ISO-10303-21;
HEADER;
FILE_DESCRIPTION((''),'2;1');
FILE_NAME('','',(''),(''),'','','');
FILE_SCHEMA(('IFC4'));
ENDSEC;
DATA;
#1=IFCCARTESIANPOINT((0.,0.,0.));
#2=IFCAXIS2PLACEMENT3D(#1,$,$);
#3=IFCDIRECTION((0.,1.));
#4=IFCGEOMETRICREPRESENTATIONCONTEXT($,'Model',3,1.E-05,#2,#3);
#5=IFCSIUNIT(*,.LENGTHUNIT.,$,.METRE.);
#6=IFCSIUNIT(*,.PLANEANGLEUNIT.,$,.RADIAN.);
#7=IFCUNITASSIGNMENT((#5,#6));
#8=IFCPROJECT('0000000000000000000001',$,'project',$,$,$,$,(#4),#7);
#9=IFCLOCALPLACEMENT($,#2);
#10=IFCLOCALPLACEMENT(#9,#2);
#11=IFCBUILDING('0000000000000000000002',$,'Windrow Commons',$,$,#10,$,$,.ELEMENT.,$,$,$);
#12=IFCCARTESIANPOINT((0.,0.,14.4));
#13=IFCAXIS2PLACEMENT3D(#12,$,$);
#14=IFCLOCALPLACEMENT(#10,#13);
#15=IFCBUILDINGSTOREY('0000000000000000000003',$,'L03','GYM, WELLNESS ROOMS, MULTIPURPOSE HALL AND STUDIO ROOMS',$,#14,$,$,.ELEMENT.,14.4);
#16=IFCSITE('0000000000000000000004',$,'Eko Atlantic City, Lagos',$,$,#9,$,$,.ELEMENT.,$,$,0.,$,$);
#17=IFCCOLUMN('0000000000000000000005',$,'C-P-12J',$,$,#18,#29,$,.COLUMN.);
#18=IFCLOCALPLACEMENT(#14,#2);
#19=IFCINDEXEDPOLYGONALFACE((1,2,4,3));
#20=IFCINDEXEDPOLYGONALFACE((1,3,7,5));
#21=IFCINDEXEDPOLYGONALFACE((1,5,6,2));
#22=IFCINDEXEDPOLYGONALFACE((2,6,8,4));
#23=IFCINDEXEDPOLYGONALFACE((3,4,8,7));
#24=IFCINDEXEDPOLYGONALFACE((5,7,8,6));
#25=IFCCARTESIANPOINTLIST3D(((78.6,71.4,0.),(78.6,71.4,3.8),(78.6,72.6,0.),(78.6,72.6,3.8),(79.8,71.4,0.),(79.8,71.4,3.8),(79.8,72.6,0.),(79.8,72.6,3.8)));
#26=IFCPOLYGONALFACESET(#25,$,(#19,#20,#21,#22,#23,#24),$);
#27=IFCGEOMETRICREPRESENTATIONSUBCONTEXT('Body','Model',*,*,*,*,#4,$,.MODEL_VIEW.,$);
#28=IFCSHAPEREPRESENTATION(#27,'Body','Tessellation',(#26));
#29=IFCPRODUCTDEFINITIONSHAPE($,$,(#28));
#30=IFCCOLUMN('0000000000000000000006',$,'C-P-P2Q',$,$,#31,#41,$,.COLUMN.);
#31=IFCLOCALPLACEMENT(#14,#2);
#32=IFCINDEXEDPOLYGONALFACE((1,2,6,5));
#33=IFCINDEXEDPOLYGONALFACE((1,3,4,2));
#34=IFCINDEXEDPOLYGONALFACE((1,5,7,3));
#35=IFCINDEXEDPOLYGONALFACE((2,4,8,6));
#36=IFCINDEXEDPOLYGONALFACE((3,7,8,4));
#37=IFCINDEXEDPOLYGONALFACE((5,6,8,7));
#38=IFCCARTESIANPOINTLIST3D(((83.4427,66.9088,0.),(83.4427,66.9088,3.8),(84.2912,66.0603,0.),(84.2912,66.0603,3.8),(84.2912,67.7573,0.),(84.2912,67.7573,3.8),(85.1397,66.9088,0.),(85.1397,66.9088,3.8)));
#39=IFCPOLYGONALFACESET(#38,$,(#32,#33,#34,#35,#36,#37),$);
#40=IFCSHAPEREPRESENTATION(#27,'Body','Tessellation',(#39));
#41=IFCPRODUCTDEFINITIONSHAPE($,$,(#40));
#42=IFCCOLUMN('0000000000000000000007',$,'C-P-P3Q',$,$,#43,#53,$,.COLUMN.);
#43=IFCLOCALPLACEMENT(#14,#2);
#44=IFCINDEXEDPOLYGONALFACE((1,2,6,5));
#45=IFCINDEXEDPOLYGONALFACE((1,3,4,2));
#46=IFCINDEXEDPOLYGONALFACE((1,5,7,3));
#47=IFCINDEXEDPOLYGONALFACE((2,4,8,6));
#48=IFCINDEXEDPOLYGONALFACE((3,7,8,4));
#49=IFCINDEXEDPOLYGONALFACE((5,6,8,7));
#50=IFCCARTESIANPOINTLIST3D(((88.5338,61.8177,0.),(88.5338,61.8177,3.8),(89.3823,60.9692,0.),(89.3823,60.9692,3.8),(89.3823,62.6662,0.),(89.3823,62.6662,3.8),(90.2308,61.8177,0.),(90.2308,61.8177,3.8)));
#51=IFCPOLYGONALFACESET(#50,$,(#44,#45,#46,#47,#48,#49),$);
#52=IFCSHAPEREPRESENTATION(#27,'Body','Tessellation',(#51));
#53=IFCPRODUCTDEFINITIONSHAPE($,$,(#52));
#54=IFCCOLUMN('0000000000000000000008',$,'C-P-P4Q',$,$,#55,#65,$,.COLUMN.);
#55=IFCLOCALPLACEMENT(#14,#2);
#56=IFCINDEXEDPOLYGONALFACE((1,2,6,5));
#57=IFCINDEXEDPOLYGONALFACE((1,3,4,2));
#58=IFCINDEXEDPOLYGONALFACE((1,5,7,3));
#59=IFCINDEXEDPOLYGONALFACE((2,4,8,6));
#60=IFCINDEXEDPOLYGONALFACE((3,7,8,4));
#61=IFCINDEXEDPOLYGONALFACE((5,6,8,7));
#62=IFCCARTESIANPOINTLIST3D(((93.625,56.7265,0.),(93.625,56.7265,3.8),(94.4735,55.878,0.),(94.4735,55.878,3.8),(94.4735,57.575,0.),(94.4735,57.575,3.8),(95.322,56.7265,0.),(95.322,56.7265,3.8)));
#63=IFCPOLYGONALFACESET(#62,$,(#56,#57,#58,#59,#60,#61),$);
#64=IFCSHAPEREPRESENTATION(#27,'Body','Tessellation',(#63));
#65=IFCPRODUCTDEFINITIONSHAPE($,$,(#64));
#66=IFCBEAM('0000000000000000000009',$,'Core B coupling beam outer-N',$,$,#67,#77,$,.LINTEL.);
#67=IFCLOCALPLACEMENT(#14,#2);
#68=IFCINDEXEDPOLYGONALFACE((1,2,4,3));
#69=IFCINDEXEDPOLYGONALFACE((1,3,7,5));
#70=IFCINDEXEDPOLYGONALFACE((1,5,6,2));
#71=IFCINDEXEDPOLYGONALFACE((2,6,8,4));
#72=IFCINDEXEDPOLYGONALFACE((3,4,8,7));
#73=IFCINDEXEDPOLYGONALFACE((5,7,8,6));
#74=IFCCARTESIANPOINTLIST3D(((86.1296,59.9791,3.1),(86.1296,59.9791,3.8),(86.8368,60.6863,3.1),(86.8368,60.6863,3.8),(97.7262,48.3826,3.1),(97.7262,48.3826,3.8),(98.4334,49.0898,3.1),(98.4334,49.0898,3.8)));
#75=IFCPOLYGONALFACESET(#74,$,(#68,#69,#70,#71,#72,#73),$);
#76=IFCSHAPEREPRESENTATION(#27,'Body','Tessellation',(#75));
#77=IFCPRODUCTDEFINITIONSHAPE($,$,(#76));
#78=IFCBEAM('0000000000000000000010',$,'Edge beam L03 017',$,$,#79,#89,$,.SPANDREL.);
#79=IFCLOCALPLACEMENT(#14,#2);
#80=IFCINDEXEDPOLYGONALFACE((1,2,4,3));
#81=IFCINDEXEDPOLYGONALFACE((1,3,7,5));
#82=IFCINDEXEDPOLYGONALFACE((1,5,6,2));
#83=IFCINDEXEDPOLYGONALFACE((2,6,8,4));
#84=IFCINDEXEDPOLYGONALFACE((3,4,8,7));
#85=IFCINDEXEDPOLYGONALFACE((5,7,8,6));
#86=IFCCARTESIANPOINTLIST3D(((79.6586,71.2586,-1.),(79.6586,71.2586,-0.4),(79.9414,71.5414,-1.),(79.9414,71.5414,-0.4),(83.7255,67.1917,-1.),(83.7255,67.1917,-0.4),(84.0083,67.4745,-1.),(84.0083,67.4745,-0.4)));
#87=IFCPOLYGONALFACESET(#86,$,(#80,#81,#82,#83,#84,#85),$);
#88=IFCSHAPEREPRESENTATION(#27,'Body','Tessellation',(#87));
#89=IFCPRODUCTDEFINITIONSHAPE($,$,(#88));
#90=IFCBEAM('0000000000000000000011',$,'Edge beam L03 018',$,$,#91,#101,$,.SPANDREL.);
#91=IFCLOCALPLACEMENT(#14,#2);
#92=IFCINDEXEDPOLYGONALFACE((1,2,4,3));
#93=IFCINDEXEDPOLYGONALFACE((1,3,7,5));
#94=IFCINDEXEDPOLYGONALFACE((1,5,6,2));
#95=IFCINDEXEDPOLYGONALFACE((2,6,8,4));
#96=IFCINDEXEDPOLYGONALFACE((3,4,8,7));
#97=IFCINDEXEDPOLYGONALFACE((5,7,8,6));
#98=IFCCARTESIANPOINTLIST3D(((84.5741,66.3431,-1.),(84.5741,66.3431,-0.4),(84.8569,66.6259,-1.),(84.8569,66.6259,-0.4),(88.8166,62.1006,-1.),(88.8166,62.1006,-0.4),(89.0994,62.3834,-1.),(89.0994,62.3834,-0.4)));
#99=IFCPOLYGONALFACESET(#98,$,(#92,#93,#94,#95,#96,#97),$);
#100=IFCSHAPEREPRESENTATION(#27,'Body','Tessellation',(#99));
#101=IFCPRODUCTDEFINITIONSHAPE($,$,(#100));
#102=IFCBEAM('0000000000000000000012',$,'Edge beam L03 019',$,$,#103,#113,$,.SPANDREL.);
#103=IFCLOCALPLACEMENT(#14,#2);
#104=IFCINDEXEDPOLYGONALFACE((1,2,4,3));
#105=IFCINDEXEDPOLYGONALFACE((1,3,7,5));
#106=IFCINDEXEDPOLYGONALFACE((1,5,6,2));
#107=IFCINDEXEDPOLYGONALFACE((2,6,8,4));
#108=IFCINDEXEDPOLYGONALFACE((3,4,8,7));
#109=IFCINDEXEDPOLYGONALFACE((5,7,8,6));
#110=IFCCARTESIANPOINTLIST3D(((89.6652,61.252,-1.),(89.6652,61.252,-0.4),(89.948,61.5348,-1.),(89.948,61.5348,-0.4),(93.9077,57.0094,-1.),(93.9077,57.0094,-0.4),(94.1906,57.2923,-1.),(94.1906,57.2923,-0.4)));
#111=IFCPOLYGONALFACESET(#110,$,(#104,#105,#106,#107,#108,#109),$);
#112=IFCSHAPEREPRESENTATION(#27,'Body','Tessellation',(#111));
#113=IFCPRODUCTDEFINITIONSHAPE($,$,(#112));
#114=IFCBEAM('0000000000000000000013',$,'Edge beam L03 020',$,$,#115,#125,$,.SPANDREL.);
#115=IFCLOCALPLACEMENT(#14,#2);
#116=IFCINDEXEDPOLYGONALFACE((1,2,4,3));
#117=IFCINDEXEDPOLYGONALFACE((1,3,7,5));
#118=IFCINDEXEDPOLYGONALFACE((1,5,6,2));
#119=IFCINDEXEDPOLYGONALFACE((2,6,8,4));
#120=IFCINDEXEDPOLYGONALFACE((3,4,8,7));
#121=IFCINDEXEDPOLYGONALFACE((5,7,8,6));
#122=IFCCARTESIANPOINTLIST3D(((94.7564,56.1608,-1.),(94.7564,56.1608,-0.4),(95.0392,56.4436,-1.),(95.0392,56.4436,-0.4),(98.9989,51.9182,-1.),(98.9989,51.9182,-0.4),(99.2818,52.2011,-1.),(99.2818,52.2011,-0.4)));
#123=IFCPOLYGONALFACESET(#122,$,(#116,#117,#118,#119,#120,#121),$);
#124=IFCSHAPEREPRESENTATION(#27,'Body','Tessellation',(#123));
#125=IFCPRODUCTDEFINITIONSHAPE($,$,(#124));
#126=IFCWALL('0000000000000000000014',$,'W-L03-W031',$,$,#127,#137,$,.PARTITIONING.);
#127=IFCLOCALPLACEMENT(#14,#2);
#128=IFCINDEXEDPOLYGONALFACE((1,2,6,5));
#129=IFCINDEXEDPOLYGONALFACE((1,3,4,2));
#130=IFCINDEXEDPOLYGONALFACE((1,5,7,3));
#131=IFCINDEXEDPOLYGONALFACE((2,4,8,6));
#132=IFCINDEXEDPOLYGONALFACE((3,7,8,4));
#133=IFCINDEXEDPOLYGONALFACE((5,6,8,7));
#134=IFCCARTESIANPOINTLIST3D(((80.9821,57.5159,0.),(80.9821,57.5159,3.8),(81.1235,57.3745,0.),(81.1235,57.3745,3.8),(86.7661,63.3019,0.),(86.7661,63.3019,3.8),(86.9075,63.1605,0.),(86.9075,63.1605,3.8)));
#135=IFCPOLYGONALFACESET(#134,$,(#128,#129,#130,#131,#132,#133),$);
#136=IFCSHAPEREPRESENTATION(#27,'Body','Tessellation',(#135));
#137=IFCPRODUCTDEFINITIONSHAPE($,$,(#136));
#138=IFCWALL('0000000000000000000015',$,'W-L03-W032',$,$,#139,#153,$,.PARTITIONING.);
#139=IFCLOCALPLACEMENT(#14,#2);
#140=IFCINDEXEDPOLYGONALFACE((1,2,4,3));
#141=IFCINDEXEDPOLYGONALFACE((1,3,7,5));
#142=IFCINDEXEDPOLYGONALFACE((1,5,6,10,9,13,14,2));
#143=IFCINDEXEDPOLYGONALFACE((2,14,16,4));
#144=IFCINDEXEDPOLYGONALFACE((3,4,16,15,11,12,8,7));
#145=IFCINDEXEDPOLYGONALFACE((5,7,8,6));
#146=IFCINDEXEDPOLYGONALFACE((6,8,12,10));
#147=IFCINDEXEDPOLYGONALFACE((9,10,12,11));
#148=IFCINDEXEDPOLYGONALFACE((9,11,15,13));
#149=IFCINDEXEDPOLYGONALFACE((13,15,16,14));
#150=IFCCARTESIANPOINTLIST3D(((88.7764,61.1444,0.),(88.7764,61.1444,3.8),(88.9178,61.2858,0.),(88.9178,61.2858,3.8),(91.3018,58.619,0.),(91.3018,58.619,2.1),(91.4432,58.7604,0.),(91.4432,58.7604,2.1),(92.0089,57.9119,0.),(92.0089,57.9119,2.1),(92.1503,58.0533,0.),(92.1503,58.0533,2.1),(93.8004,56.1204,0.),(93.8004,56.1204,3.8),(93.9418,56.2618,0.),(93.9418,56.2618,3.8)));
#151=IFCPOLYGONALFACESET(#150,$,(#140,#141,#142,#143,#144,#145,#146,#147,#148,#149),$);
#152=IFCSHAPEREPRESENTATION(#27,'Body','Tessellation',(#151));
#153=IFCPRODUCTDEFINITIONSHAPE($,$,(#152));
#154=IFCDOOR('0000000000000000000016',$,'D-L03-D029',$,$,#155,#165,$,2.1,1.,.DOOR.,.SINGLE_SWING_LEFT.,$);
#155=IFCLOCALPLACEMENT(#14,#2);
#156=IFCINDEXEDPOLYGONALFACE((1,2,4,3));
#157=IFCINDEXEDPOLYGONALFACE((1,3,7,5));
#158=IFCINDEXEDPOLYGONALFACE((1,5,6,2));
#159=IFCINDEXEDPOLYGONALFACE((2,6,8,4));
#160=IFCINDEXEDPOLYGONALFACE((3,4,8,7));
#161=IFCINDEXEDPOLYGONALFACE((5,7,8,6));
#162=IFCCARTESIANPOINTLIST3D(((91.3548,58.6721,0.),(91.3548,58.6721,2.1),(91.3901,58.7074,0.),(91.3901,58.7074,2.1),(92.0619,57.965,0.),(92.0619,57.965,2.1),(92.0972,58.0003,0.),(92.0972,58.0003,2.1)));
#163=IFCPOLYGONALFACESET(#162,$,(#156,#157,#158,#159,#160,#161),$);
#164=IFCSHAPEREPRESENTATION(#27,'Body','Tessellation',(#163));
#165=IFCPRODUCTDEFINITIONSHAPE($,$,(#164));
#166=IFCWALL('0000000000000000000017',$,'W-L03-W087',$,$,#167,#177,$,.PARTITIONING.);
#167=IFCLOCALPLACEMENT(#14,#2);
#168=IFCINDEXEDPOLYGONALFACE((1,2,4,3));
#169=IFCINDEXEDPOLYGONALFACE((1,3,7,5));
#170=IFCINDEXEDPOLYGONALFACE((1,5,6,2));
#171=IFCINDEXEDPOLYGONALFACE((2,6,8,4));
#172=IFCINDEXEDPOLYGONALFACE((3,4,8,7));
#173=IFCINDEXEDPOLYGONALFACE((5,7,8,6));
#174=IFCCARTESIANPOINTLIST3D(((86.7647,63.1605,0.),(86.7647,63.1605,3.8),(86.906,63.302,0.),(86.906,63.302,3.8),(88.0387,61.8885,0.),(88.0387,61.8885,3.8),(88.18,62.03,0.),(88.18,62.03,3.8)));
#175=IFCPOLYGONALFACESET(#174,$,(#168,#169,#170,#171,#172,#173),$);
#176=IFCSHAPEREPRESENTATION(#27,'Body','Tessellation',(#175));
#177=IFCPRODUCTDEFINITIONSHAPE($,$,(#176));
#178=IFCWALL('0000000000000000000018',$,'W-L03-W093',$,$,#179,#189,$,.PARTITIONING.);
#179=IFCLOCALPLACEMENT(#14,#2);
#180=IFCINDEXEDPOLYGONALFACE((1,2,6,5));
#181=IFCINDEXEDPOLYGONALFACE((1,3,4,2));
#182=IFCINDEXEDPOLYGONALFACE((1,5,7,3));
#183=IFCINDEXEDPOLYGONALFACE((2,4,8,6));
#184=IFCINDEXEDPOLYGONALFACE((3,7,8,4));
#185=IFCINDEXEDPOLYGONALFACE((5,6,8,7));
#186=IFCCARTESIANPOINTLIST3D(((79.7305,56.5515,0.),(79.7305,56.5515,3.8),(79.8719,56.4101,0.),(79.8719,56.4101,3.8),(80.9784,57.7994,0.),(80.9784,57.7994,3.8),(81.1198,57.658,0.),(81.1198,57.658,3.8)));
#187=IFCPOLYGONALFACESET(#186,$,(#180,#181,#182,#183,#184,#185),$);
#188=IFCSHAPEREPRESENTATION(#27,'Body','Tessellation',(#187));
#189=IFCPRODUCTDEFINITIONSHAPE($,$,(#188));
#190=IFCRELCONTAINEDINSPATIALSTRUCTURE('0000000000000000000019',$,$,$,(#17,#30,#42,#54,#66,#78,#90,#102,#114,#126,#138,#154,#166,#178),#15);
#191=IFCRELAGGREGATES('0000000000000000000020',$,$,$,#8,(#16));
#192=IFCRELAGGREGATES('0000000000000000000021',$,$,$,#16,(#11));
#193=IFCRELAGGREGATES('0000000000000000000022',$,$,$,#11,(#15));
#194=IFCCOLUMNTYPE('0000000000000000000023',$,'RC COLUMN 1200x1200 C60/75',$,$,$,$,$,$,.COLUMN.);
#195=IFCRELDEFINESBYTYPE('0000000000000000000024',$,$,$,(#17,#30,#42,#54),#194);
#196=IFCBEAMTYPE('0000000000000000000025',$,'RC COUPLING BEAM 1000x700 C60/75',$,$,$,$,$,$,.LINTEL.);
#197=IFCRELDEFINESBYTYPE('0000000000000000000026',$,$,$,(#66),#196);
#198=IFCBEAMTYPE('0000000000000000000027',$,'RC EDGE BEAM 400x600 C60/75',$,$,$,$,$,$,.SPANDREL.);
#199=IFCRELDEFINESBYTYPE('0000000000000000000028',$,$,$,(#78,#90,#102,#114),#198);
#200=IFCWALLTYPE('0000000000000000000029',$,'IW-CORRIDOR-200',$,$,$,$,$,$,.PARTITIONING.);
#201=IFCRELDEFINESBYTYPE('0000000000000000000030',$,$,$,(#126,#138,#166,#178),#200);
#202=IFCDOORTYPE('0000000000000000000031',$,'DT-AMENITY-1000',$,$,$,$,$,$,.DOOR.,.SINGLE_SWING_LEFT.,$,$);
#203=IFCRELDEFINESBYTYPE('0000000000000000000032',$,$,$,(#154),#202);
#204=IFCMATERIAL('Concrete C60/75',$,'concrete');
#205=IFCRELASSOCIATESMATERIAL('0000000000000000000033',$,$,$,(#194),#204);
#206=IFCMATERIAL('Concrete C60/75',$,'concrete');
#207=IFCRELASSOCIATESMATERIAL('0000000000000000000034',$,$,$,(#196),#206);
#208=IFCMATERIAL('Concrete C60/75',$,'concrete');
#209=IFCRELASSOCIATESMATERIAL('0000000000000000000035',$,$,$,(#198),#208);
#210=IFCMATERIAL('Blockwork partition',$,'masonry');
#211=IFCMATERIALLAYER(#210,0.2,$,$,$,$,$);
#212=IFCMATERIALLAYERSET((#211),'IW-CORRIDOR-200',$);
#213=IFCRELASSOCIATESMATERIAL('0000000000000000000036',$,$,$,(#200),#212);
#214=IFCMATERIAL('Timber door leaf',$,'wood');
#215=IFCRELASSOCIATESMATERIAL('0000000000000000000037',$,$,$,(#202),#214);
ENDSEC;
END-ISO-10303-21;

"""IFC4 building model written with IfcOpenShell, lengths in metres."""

from ifc_helpers import new_model, si_unit, direction, frame, frame_2d, origin, origin_2d, place, context, subcontext, project, spatial, rectangle, extrude, material, layer, layer_set, material_profile, profile_set, type_object, element, fill, save


model = new_model("IFC4")

# Units and contexts
model_context = context("Model", 3, precision=1e-05, world=origin(), true_north=direction((0.0, 1.0)))
body_context = subcontext(model_context, "Body", "Model", "MODEL_VIEW")
ifc_project = project(units=[si_unit("LENGTHUNIT", "METRE"), si_unit("PLANEANGLEUNIT", "RADIAN")], contexts=[model_context])

# Site, building, storey
site_placement = place(None, origin())
site = spatial("IfcSite", under=ifc_project, at=site_placement, Name="Eko Atlantic City, Lagos", CompositionType="ELEMENT", RefElevation=0.0)
building_placement = place(site_placement, origin())
building = spatial("IfcBuilding", under=site, at=building_placement, Name="Windrow Commons", CompositionType="ELEMENT")
storey_placement = place(building_placement, frame((0.0, 0.0, 14.4)))
storey = spatial("IfcBuildingStorey", under=building, at=storey_placement, Name="L03", Description="GYM, WELLNESS ROOMS, MULTIPURPOSE HALL AND STUDIO ROOMS", CompositionType="ELEMENT", Elevation=14.4)

# Columns
ifc_material_1 = material(Name="Concrete C60/75", Category="concrete")
ifc_material_profile_1 = material_profile(ifc_material_1, rectangle(XDim=1.2, YDim=1.2, at=origin_2d()))
ifc_profile_set_1 = profile_set([ifc_material_profile_1], Name="Concrete C60/75")
column_type = type_object("IfcColumnType", Name="RC COLUMN 1200x1200 C60/75", PredefinedType="COLUMN", material=ifc_profile_set_1)
for number, where, z_axis, x_axis, name in (
    (1, (79.2, 72.0, 0.0), (0.0, 0.0, 1.0), (1.0, 0.0, 0.0), "C-P-12J"),
    (2, (84.2912, 66.9088, 0.0), (0.0, 0.0, 1.0), (0.707107, -0.707107, 0.0), "C-P-P2Q"),
    (3, (89.3823, 61.8177, 0.0), (0.0, 0.0, 1.0), (0.707107, -0.707107, 0.0), "C-P-P3Q"),
    (4, (94.4735, 56.7265, 0.0), (0.0, 0.0, 1.0), (0.707107, -0.707107, 0.0), "C-P-P4Q"),
):
    element("IfcColumn", number, at=place(storey_placement, frame(where, z_axis=z_axis, x_axis=x_axis)), inside=storey, type_object=column_type, Name=name, PredefinedType="COLUMN", context=body_context, shape_type="SweptSolid", body=[
        extrude(rectangle(XDim=1.2, YDim=1.2, at=origin_2d()), origin(), (0.0, 0.0, 1.0), 3.8),
    ])

# Beams
ifc_material_2 = material(Name="Concrete C60/75", Category="concrete")
ifc_material_profile_2 = material_profile(ifc_material_2, rectangle(XDim=1.0, YDim=0.7, at=origin_2d()))
ifc_profile_set_2 = profile_set([ifc_material_profile_2], Name="Concrete C60/75")
beam_type_1 = type_object("IfcBeamType", Name="RC COUPLING BEAM 1000x700 C60/75", PredefinedType="LINTEL", material=ifc_profile_set_2)
beam_1_placement = place(storey_placement, frame((86.4832, 60.3327, 3.45), z_axis=(0.70711, -0.707104, 0.0), x_axis=(0.707104, 0.70711, 0.0)))
element("IfcBeam", 5, at=beam_1_placement, inside=storey, type_object=beam_type_1, Name="Core B coupling beam outer-N", PredefinedType="LINTEL", context=body_context, shape_type="SweptSolid", body=[
    extrude(rectangle(XDim=1.0, YDim=0.7, at=origin_2d()), origin(), (0.0, 0.0, 1.0), 16.4),
])
ifc_material_3 = material(Name="Concrete C60/75", Category="concrete")
ifc_material_profile_3 = material_profile(ifc_material_3, rectangle(XDim=0.4, YDim=0.6, at=origin_2d()))
ifc_profile_set_3 = profile_set([ifc_material_profile_3], Name="Concrete C60/75")
beam_type_2 = type_object("IfcBeamType", Name="RC EDGE BEAM 400x600 C60/75", PredefinedType="SPANDREL", material=ifc_profile_set_3)
beam_2_placement = place(storey_placement, frame((79.8, 71.4, -0.7), z_axis=(0.707107, -0.707107, 0.0), x_axis=(0.707107, 0.707107, 0.0)))
element("IfcBeam", 6, at=beam_2_placement, inside=storey, type_object=beam_type_2, Name="Edge beam L03 017", PredefinedType="SPANDREL", context=body_context, shape_type="SweptSolid", body=[
    extrude(rectangle(XDim=0.4, YDim=0.6, at=origin_2d()), origin(), (0.0, 0.0, 1.0), 5.7515),
])
beam_3_placement = place(storey_placement, frame((84.7155, 66.4845, -0.7), z_axis=(0.707107, -0.707107, 0.0), x_axis=(0.707107, 0.707107, 0.0)))
element("IfcBeam", 7, at=beam_3_placement, inside=storey, type_object=beam_type_2, Name="Edge beam L03 018", PredefinedType="SPANDREL", context=body_context, shape_type="SweptSolid", body=[
    extrude(rectangle(XDim=0.4, YDim=0.6, at=origin_2d()), origin(), (0.0, 0.0, 1.0), 5.9998),
])
for number, where, z_axis, x_axis, name in (
    (8, (89.8066, 61.3934, -0.7), (0.707107, -0.707107, 0.0), (0.707107, 0.707107, 0.0), "Edge beam L03 019"),
    (9, (94.8978, 56.3022, -0.7), (0.707107, -0.707107, 0.0), (0.707107, 0.707107, 0.0), "Edge beam L03 020"),
):
    element("IfcBeam", number, at=place(storey_placement, frame(where, z_axis=z_axis, x_axis=x_axis)), inside=storey, type_object=beam_type_2, Name=name, PredefinedType="SPANDREL", context=body_context, shape_type="SweptSolid", body=[
        extrude(rectangle(XDim=0.4, YDim=0.6, at=origin_2d()), origin(), (0.0, 0.0, 1.0), 5.9999),
    ])

# Wall
ifc_material_4 = material(Name="Blockwork partition", Category="masonry")
ifc_layer_1 = layer(ifc_material_4, 0.2)
ifc_layer_set_1 = layer_set([ifc_layer_1], Name="IW-CORRIDOR-200")
wall_type_1 = type_object("IfcWallType", Name="IW-CORRIDOR-200", PredefinedType="PARTITIONING", material=ifc_layer_set_1)
wall_1_placement = place(storey_placement, frame((81.0528, 57.4452, 0.0), z_axis=(0.0, 0.0, 1.0), x_axis=(0.706985, 0.707229, 0.0)))
element("IfcWall", 10, at=wall_1_placement, inside=storey, type_object=wall_type_1, Name="W-L03-W031", PredefinedType="PARTITIONING", context=body_context, shape_type="SweptSolid", body=[
    extrude(rectangle(XDim=8.1812, YDim=0.2, at=frame_2d((4.0906, 0.0))), origin(), (0.0, 0.0, 1.0), 3.8),
])

# Wall, opening, door
wall_2_placement = place(storey_placement, frame((88.8471, 61.2151, 0.0), z_axis=(0.0, 0.0, 1.0), x_axis=(0.707107, -0.707107, 0.0)))
wall_2 = element("IfcWall", 11, at=wall_2_placement, inside=storey, type_object=wall_type_1, Name="W-L03-W032", PredefinedType="PARTITIONING", context=body_context, shape_type="SweptSolid", body=[
    extrude(rectangle(XDim=7.105, YDim=0.2, at=frame_2d((3.5525, 0.0))), origin(), (0.0, 0.0, 1.0), 3.8),
])
opening_1_placement = place(wall_2_placement, frame((3.5714, 0.0, 0.0)))
opening_1 = element("IfcOpeningElement", 12, at=opening_1_placement, cuts=wall_2, PredefinedType="OPENING", context=body_context, shape_type="SweptSolid", body=[
    extrude(rectangle(XDim=1.0, YDim=2.1, at=frame_2d((0.5, 1.05))), frame((0.0, 0.11, 0.0), z_axis=(0.0, -1.0, 0.0), x_axis=(1.0, 0.0, 0.0)), (0.0, 0.0, 1.0), 0.22),
])
ifc_material_5 = material(Name="Timber door leaf", Category="wood")
door_type_1 = type_object("IfcDoorType", Name="DT-AMENITY-1000", OperationType="SINGLE_SWING_LEFT", PredefinedType="DOOR", material=ifc_material_5)
door_1_placement = place(opening_1_placement, origin())
door_1 = element("IfcDoor", 13, at=door_1_placement, inside=storey, type_object=door_type_1, Name="D-L03-D029", OperationType="SINGLE_SWING_LEFT", OverallHeight=2.1, OverallWidth=1.0, PredefinedType="DOOR", context=body_context, shape_type="SweptSolid", body=[
    extrude(rectangle(XDim=1.0, YDim=2.1, at=frame_2d((0.5, 1.05))), frame((0.0, 0.025, 0.0), z_axis=(0.0, -1.0, 0.0), x_axis=(1.0, 0.0, 0.0)), (0.0, 0.0, 1.0), 0.05),
])
fill(opening_1, door_1)

# Walls
wall_3_placement = place(storey_placement, frame((86.8353, 63.2313, 0.0), z_axis=(0.0, 0.0, 1.0), x_axis=(0.707662, -0.706551, 0.0)))
element("IfcWall", 14, at=wall_3_placement, inside=storey, type_object=wall_type_1, Name="W-L03-W087", PredefinedType="PARTITIONING", context=body_context, shape_type="SweptSolid", body=[
    extrude(rectangle(XDim=1.8003, YDim=0.2, at=frame_2d((0.9002, 0.0))), origin(), (0.0, 0.0, 1.0), 3.8),
])
wall_4_placement = place(storey_placement, frame((79.8012, 56.4808, 0.0), z_axis=(0.0, 0.0, 1.0), x_axis=(0.707107, 0.707107, 0.0)))
element("IfcWall", 15, at=wall_4_placement, inside=storey, type_object=wall_type_1, Name="W-L03-W093", PredefinedType="PARTITIONING", context=body_context, shape_type="SweptSolid", body=[
    extrude(rectangle(XDim=1.7649, YDim=0.2, at=frame_2d((0.8824, 0.0))), origin(), (0.0, 0.0, 1.0), 3.8),
])

save(model, "model.ifc")
